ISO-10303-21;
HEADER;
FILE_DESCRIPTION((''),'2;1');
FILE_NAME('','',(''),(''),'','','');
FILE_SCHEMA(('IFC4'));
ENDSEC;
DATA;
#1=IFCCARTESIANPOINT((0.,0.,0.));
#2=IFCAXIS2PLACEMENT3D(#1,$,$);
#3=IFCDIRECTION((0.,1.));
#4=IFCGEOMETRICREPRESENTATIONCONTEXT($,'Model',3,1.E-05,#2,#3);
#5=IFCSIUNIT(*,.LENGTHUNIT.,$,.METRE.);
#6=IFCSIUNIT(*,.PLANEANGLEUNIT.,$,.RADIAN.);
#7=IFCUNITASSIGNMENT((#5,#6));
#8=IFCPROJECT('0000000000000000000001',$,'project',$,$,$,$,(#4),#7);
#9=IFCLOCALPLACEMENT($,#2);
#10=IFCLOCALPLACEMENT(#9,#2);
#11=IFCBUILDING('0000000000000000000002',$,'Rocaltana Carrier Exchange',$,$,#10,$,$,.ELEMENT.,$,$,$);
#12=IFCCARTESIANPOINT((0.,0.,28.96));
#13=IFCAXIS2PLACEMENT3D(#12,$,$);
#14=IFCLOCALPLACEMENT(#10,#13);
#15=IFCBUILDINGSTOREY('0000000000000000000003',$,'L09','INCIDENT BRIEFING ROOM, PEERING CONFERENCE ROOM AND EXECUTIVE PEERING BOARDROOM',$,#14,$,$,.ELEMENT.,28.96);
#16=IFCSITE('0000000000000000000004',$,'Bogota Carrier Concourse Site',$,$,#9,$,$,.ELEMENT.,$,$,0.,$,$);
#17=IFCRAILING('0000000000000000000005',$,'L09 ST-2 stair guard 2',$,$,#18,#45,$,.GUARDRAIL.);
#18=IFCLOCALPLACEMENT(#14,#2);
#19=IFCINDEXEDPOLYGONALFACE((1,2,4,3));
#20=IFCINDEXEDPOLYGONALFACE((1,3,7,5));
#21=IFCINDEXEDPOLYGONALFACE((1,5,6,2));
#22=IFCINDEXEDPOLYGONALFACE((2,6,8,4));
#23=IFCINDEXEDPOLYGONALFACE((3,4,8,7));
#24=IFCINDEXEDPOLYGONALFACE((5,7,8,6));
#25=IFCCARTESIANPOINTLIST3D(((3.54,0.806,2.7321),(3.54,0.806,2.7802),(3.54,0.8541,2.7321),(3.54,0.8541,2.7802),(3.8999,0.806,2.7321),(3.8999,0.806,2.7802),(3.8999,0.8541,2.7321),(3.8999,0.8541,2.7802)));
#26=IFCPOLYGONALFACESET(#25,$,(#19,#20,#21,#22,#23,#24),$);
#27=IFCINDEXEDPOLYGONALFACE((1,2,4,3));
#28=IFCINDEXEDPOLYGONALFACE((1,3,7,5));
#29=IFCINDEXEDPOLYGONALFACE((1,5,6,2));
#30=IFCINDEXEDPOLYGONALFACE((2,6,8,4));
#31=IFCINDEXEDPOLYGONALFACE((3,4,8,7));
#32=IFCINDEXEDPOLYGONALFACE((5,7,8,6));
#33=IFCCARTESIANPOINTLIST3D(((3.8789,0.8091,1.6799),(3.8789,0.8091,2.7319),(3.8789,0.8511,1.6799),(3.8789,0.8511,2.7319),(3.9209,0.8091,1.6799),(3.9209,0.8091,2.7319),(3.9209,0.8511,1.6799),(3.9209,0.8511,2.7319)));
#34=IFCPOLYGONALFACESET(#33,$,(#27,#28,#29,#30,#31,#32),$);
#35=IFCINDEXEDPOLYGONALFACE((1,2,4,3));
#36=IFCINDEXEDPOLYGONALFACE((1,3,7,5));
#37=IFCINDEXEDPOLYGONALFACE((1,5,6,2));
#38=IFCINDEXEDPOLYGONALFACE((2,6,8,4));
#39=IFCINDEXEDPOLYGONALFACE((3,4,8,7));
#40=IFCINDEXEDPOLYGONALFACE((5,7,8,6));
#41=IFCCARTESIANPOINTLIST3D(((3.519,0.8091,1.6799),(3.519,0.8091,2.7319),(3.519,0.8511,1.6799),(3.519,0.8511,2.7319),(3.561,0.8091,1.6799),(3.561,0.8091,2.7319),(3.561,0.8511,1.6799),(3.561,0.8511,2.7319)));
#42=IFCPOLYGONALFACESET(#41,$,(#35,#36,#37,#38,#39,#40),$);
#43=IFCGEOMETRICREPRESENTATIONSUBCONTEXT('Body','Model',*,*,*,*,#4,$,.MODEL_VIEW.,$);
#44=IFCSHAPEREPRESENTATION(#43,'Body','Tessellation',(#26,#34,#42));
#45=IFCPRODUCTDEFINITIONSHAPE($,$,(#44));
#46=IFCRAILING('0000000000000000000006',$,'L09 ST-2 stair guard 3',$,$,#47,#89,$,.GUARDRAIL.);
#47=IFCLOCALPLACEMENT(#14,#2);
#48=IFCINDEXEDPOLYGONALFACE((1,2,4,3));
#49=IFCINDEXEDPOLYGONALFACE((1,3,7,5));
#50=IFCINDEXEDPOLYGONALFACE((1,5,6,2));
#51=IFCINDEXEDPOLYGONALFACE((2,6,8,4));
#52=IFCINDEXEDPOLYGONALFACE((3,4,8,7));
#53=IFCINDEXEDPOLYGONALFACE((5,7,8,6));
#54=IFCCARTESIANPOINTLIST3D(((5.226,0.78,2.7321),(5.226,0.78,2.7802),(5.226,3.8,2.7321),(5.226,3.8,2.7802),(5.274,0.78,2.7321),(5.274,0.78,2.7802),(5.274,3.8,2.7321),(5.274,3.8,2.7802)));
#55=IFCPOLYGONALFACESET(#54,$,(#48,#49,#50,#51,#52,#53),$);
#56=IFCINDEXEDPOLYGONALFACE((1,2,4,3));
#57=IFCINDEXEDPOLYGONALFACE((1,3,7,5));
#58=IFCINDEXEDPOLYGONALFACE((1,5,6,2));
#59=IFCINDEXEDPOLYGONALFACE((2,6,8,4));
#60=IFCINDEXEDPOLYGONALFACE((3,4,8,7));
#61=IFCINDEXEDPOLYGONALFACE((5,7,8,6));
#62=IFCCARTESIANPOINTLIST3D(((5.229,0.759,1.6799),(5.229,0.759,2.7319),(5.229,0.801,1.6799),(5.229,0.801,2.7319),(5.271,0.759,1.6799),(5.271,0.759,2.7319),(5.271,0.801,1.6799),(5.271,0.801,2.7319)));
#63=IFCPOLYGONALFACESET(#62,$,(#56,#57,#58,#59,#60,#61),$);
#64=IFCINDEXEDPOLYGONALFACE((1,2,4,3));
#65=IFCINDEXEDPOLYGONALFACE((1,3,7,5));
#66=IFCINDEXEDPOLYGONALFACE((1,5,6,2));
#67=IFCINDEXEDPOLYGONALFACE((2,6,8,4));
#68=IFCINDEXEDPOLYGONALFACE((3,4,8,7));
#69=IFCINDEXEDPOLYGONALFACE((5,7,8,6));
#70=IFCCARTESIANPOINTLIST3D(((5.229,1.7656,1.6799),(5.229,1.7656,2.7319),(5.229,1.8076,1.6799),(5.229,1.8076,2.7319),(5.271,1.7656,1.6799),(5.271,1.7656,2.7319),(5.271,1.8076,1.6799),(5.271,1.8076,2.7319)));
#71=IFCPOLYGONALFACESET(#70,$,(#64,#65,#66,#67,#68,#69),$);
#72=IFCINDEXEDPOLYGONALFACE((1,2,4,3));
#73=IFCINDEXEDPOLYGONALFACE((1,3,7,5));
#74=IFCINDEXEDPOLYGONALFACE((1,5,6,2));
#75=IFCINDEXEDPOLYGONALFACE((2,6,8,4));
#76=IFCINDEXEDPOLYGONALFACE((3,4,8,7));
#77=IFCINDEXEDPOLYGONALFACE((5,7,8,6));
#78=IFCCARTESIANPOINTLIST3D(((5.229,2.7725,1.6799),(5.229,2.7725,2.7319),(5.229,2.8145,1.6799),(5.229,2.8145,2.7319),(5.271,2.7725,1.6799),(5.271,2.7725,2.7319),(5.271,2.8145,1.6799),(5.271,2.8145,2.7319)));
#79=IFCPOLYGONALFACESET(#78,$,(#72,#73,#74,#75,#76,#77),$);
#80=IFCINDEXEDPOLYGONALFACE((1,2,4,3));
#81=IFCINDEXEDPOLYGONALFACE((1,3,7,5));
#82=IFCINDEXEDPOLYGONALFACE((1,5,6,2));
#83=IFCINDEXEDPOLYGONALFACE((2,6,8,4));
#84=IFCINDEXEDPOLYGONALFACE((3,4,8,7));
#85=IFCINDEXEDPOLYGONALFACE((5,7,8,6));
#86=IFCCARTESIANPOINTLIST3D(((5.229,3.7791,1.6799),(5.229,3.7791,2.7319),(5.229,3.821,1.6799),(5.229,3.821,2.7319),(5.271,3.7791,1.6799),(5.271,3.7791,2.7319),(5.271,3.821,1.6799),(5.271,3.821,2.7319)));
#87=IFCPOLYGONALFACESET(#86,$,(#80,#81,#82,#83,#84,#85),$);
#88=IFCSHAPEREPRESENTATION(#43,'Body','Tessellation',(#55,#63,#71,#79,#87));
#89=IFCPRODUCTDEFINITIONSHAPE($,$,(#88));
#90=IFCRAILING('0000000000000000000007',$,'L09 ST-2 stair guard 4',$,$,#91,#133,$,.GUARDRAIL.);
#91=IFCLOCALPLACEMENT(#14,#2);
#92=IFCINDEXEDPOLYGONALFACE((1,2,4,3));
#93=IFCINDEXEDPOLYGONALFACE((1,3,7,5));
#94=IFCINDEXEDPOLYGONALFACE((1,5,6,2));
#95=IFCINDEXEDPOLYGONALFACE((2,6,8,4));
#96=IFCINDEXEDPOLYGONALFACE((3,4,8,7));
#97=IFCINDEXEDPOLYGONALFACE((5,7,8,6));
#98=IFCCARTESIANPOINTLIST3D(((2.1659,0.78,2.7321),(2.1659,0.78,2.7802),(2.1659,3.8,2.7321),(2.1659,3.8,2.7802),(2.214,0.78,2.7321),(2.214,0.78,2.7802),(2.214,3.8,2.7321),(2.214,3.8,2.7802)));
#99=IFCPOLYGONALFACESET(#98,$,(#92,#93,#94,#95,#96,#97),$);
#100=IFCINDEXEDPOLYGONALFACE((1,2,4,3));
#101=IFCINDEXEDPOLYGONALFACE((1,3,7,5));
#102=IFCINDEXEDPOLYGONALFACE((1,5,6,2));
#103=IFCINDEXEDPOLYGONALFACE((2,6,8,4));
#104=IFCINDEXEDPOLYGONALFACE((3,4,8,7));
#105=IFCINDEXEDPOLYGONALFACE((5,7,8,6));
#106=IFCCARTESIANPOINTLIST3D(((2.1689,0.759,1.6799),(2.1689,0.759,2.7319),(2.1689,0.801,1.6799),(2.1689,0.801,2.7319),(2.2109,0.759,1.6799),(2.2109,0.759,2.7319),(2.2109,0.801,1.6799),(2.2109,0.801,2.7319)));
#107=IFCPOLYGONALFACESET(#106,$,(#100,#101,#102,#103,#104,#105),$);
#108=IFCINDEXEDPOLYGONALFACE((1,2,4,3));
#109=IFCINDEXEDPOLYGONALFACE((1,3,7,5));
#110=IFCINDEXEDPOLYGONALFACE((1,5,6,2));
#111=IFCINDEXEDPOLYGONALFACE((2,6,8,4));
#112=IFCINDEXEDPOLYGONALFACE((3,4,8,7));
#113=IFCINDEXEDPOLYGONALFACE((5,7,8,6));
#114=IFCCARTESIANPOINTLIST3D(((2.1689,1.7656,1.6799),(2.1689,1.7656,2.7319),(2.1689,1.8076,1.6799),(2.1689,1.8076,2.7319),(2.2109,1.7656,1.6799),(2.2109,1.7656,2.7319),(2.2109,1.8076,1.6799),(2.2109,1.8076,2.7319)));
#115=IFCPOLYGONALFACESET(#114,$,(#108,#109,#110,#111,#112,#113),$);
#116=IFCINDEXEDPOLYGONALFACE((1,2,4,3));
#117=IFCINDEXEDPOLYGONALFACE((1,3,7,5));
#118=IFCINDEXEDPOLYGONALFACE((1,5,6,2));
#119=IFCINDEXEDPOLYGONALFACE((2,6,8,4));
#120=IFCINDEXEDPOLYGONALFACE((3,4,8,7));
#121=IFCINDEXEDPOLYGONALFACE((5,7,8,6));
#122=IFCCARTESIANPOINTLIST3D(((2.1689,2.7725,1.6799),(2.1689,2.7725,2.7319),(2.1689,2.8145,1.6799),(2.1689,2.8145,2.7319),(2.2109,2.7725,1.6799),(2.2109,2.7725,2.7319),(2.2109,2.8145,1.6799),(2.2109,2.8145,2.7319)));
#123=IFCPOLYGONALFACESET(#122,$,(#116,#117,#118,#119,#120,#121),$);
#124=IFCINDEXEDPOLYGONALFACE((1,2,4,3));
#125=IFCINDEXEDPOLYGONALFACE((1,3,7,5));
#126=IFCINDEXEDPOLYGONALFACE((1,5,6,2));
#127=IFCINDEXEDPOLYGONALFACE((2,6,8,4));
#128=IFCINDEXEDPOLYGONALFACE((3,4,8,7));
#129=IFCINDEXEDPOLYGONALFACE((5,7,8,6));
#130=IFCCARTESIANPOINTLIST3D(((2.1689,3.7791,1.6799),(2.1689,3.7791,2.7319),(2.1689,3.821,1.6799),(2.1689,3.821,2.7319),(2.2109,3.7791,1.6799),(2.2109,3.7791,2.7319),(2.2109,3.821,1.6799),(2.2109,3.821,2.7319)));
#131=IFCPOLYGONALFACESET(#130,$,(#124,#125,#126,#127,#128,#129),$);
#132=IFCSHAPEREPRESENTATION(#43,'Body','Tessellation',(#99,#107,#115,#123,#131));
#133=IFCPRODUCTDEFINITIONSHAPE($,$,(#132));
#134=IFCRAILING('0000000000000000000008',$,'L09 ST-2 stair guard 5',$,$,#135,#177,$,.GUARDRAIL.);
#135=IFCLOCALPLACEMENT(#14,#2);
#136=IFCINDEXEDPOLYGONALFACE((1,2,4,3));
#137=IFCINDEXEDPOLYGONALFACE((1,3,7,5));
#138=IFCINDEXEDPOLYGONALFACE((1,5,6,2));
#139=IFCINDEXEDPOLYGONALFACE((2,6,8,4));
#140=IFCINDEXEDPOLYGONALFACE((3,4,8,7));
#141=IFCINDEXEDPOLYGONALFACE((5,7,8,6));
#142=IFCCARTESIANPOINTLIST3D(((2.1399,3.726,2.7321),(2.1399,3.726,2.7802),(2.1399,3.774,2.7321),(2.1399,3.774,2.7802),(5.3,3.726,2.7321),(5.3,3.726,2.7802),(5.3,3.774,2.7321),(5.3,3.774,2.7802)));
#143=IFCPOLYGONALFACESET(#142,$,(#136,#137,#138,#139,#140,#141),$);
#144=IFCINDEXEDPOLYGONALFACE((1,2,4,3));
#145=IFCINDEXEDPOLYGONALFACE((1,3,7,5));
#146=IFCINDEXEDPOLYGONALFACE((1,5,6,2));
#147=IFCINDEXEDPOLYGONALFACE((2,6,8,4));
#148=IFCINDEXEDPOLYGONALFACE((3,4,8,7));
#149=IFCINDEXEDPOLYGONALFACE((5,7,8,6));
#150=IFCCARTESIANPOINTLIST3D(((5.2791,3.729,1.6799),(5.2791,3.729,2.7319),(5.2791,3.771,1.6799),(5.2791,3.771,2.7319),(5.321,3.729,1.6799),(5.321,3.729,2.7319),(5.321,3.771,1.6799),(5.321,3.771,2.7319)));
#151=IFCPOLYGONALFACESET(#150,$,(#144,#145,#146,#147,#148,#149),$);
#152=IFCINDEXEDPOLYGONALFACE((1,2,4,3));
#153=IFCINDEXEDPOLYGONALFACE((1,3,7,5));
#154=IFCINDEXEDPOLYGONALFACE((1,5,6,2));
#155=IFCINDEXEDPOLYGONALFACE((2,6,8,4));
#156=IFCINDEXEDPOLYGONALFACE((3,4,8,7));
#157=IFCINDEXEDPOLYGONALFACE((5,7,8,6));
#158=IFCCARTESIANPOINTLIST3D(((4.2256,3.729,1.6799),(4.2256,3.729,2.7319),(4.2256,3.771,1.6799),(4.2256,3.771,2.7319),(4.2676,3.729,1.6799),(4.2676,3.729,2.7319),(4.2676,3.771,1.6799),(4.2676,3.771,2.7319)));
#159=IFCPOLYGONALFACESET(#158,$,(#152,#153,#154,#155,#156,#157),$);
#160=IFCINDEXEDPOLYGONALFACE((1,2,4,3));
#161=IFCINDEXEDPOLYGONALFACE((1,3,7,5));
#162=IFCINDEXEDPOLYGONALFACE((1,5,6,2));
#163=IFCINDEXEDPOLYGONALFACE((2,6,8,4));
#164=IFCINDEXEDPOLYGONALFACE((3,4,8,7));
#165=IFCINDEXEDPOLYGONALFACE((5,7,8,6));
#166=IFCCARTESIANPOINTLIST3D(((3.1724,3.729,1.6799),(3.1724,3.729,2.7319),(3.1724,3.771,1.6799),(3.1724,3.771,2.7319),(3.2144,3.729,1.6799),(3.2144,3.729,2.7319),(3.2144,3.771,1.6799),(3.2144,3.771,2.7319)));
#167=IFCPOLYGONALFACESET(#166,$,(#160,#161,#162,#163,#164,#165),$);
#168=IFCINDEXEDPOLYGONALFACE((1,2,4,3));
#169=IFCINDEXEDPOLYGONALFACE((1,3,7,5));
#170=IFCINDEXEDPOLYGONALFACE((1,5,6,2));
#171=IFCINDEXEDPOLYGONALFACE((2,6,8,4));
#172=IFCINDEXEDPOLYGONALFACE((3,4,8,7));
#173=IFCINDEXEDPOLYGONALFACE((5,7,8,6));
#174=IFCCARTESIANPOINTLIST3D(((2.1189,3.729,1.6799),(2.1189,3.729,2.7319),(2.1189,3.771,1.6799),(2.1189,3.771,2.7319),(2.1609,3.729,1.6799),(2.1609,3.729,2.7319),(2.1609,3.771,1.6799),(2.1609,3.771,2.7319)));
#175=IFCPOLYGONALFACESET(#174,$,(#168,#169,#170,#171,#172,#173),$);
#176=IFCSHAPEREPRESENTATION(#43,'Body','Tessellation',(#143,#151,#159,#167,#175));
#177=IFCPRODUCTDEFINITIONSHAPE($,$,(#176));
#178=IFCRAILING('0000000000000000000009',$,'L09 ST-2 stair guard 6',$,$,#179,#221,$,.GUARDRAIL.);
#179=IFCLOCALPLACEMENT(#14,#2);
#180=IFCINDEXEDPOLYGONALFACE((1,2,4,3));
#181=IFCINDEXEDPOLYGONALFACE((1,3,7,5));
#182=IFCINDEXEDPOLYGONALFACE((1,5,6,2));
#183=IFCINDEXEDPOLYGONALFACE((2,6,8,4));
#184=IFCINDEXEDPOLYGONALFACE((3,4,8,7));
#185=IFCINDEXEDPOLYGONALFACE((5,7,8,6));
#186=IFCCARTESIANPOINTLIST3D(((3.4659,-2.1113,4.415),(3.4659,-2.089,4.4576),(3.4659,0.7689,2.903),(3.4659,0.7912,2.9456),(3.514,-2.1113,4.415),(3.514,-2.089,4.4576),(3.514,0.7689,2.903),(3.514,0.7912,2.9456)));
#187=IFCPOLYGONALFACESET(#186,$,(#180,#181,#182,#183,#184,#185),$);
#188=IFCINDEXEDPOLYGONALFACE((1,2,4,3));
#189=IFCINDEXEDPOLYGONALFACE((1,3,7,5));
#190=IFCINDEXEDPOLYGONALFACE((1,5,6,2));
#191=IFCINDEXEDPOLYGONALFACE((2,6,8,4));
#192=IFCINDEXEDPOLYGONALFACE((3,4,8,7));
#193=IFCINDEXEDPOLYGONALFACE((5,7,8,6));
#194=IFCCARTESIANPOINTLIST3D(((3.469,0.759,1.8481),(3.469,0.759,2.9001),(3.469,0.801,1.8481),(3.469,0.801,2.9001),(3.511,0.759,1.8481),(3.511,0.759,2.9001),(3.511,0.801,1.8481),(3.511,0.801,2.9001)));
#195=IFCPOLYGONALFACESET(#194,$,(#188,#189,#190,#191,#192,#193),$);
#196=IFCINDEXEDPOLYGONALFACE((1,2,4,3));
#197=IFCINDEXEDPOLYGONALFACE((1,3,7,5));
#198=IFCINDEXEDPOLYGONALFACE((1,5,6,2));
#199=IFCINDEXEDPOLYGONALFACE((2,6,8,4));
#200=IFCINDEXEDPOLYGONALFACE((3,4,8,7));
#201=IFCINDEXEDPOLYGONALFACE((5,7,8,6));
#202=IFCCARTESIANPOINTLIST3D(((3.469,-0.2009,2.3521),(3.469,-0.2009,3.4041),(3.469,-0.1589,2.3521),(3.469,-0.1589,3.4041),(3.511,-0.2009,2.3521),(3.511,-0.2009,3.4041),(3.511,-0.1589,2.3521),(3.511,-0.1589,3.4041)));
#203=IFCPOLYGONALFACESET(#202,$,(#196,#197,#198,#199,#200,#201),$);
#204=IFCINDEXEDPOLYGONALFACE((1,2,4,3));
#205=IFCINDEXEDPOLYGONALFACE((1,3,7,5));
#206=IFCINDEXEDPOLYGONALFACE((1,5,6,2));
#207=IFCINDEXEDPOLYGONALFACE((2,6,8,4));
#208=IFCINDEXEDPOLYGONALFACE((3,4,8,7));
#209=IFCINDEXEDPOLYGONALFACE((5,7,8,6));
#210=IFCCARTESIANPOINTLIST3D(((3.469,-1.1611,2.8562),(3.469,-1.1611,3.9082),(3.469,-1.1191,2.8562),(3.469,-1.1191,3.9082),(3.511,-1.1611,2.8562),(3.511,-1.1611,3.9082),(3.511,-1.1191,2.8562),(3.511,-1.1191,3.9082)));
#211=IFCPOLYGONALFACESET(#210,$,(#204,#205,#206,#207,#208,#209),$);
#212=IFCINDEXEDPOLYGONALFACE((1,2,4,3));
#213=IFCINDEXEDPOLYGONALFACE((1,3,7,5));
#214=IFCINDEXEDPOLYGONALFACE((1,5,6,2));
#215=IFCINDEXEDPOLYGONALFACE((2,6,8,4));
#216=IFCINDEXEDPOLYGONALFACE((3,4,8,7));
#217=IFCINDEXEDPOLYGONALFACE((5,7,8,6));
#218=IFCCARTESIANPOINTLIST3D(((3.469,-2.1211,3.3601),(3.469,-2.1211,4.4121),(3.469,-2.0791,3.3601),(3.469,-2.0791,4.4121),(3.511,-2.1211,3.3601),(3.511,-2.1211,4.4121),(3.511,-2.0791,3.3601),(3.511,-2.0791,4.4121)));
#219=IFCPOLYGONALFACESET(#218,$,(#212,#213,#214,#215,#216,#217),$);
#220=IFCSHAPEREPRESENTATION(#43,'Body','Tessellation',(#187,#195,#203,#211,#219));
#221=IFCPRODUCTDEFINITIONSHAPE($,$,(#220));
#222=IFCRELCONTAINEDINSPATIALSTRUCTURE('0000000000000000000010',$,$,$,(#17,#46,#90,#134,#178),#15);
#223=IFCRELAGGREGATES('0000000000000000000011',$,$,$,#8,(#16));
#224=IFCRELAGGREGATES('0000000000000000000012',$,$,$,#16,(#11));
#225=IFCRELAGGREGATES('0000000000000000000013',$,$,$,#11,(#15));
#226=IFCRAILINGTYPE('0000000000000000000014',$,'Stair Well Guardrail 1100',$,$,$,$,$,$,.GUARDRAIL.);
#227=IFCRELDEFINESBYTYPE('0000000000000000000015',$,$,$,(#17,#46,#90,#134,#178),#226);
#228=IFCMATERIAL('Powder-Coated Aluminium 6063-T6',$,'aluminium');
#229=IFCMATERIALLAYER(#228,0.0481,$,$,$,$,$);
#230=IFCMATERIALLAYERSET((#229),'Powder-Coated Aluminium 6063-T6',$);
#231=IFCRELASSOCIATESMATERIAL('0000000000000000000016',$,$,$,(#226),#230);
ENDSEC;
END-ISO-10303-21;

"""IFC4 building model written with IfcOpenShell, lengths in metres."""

from ifc_helpers import new_model, si_unit, direction, frame, origin, origin_2d, place, context, subcontext, project, spatial, rectangle, extrude, material, layer, layer_set, type_object, element, save


model = new_model("IFC4")

# Units and contexts
model_context = context("Model", 3, precision=1e-05, world=origin(), true_north=direction((0.0, 1.0)))
body_context = subcontext(model_context, "Body", "Model", "MODEL_VIEW")
ifc_project = project(units=[si_unit("LENGTHUNIT", "METRE"), si_unit("PLANEANGLEUNIT", "RADIAN")], contexts=[model_context])

# Site, building, storey
site_placement = place(None, origin())
site = spatial("IfcSite", under=ifc_project, at=site_placement, Name="Bogota Carrier Concourse Site", CompositionType="ELEMENT", RefElevation=0.0)
building_placement = place(site_placement, origin())
building = spatial("IfcBuilding", under=site, at=building_placement, Name="Rocaltana Carrier Exchange", CompositionType="ELEMENT")
storey_placement = place(building_placement, frame((0.0, 0.0, 28.96)))
storey = spatial("IfcBuildingStorey", under=building, at=storey_placement, Name="L09", Description="INCIDENT BRIEFING ROOM, PEERING CONFERENCE ROOM AND EXECUTIVE PEERING BOARDROOM", CompositionType="ELEMENT", Elevation=28.96)

# Railings
ifc_material_1 = material(Name="Powder-Coated Aluminium 6063-T6", Category="aluminium")
ifc_layer_1 = layer(ifc_material_1, 0.0481)
ifc_layer_set_1 = layer_set([ifc_layer_1], Name="Powder-Coated Aluminium 6063-T6")
railing_type_1 = type_object("IfcRailingType", Name="Stair Well Guardrail 1100", PredefinedType="GUARDRAIL", material=ifc_layer_set_1)
railing_1_placement = place(storey_placement, frame((3.8999, 0.8301, 1.6799)))
element("IfcRailing", 1, at=railing_1_placement, inside=storey, type_object=railing_type_1, Name="L09 ST-2 stair guard 2", PredefinedType="GUARDRAIL", context=body_context, shape_type="SweptSolid", body=[
    extrude(rectangle(XDim=0.0481, YDim=0.0481, at=origin_2d()), frame((0.0, 0.0, 1.0762), z_axis=(-1.0, 0.0, 0.0), x_axis=(0.0, -1.0, 0.0)), (0.0, 0.0, 1.0), 0.3599),
    extrude(rectangle(XDim=0.042, YDim=0.042, at=origin_2d()), origin(), (0.0, 0.0, 1.0), 1.052),
    extrude(rectangle(XDim=0.042, YDim=0.042, at=origin_2d()), frame((-0.3599, 0.0, 0.0)), (0.0, 0.0, 1.0), 1.052),
])
for number, where, name in (
    (2, (5.25, 0.78, 1.6799), "L09 ST-2 stair guard 3"),
    (3, (2.1899, 0.78, 1.6799), "L09 ST-2 stair guard 4"),
):
    element("IfcRailing", number, at=place(storey_placement, frame(where)), inside=storey, type_object=railing_type_1, Name=name, PredefinedType="GUARDRAIL", context=body_context, shape_type="SweptSolid", body=[
        extrude(rectangle(XDim=0.0481, YDim=0.0481, at=origin_2d()), frame((0.0, 0.0, 1.0762), z_axis=(0.0, 1.0, 0.0), x_axis=(-1.0, 0.0, 0.0)), (0.0, 0.0, 1.0), 3.02),
        extrude(rectangle(XDim=0.042, YDim=0.042, at=origin_2d()), origin(), (0.0, 0.0, 1.0), 1.052),
        extrude(rectangle(XDim=0.042, YDim=0.042, at=origin_2d()), frame((0.0, 1.0066, 0.0)), (0.0, 0.0, 1.0), 1.052),
        extrude(rectangle(XDim=0.042, YDim=0.042, at=origin_2d()), frame((0.0, 2.0134, 0.0)), (0.0, 0.0, 1.0), 1.052),
        extrude(rectangle(XDim=0.042, YDim=0.042, at=origin_2d()), frame((0.0, 3.02, 0.0)), (0.0, 0.0, 1.0), 1.052),
    ])
railing_2_placement = place(storey_placement, frame((5.3, 3.75, 1.6799)))
element("IfcRailing", 4, at=railing_2_placement, inside=storey, type_object=railing_type_1, Name="L09 ST-2 stair guard 5", PredefinedType="GUARDRAIL", context=body_context, shape_type="SweptSolid", body=[
    extrude(rectangle(XDim=0.0481, YDim=0.0481, at=origin_2d()), frame((0.0, 0.0, 1.0762), z_axis=(-1.0, 0.0, 0.0), x_axis=(0.0, -1.0, 0.0)), (0.0, 0.0, 1.0), 3.1602),
    extrude(rectangle(XDim=0.042, YDim=0.042, at=origin_2d()), origin(), (0.0, 0.0, 1.0), 1.052),
    extrude(rectangle(XDim=0.042, YDim=0.042, at=origin_2d()), frame((-1.0535, 0.0, 0.0)), (0.0, 0.0, 1.0), 1.052),
    extrude(rectangle(XDim=0.042, YDim=0.042, at=origin_2d()), frame((-2.1067, 0.0, 0.0)), (0.0, 0.0, 1.0), 1.052),
    extrude(rectangle(XDim=0.042, YDim=0.042, at=origin_2d()), frame((-3.1602, 0.0, 0.0)), (0.0, 0.0, 1.0), 1.052),
])
railing_3_placement = place(storey_placement, frame((3.49, 0.78, 1.8481)))
element("IfcRailing", 5, at=railing_3_placement, inside=storey, type_object=railing_type_1, Name="L09 ST-2 stair guard 6", PredefinedType="GUARDRAIL", context=body_context, shape_type="SweptSolid", body=[
    extrude(rectangle(XDim=0.0481, YDim=0.0481, at=origin_2d()), frame((0.0, 0.0, 1.0762), z_axis=(0.0, -0.885411, 0.464809), x_axis=(1.0, 0.0, 0.0)), (0.0, 0.0, 1.0), 3.2529),
    extrude(rectangle(XDim=0.042, YDim=0.042, at=origin_2d()), origin(), (0.0, 0.0, 1.0), 1.052),
    extrude(rectangle(XDim=0.042, YDim=0.042, at=origin_2d()), frame((0.0, -0.96, 0.5039)), (0.0, 0.0, 1.0), 1.052),
    extrude(rectangle(XDim=0.042, YDim=0.042, at=origin_2d()), frame((0.0, -1.9202, 1.0081)), (0.0, 0.0, 1.0), 1.052),
    extrude(rectangle(XDim=0.042, YDim=0.042, at=origin_2d()), frame((0.0, -2.8801, 1.512)), (0.0, 0.0, 1.0), 1.052),
])

save(model, "model.ifc")
